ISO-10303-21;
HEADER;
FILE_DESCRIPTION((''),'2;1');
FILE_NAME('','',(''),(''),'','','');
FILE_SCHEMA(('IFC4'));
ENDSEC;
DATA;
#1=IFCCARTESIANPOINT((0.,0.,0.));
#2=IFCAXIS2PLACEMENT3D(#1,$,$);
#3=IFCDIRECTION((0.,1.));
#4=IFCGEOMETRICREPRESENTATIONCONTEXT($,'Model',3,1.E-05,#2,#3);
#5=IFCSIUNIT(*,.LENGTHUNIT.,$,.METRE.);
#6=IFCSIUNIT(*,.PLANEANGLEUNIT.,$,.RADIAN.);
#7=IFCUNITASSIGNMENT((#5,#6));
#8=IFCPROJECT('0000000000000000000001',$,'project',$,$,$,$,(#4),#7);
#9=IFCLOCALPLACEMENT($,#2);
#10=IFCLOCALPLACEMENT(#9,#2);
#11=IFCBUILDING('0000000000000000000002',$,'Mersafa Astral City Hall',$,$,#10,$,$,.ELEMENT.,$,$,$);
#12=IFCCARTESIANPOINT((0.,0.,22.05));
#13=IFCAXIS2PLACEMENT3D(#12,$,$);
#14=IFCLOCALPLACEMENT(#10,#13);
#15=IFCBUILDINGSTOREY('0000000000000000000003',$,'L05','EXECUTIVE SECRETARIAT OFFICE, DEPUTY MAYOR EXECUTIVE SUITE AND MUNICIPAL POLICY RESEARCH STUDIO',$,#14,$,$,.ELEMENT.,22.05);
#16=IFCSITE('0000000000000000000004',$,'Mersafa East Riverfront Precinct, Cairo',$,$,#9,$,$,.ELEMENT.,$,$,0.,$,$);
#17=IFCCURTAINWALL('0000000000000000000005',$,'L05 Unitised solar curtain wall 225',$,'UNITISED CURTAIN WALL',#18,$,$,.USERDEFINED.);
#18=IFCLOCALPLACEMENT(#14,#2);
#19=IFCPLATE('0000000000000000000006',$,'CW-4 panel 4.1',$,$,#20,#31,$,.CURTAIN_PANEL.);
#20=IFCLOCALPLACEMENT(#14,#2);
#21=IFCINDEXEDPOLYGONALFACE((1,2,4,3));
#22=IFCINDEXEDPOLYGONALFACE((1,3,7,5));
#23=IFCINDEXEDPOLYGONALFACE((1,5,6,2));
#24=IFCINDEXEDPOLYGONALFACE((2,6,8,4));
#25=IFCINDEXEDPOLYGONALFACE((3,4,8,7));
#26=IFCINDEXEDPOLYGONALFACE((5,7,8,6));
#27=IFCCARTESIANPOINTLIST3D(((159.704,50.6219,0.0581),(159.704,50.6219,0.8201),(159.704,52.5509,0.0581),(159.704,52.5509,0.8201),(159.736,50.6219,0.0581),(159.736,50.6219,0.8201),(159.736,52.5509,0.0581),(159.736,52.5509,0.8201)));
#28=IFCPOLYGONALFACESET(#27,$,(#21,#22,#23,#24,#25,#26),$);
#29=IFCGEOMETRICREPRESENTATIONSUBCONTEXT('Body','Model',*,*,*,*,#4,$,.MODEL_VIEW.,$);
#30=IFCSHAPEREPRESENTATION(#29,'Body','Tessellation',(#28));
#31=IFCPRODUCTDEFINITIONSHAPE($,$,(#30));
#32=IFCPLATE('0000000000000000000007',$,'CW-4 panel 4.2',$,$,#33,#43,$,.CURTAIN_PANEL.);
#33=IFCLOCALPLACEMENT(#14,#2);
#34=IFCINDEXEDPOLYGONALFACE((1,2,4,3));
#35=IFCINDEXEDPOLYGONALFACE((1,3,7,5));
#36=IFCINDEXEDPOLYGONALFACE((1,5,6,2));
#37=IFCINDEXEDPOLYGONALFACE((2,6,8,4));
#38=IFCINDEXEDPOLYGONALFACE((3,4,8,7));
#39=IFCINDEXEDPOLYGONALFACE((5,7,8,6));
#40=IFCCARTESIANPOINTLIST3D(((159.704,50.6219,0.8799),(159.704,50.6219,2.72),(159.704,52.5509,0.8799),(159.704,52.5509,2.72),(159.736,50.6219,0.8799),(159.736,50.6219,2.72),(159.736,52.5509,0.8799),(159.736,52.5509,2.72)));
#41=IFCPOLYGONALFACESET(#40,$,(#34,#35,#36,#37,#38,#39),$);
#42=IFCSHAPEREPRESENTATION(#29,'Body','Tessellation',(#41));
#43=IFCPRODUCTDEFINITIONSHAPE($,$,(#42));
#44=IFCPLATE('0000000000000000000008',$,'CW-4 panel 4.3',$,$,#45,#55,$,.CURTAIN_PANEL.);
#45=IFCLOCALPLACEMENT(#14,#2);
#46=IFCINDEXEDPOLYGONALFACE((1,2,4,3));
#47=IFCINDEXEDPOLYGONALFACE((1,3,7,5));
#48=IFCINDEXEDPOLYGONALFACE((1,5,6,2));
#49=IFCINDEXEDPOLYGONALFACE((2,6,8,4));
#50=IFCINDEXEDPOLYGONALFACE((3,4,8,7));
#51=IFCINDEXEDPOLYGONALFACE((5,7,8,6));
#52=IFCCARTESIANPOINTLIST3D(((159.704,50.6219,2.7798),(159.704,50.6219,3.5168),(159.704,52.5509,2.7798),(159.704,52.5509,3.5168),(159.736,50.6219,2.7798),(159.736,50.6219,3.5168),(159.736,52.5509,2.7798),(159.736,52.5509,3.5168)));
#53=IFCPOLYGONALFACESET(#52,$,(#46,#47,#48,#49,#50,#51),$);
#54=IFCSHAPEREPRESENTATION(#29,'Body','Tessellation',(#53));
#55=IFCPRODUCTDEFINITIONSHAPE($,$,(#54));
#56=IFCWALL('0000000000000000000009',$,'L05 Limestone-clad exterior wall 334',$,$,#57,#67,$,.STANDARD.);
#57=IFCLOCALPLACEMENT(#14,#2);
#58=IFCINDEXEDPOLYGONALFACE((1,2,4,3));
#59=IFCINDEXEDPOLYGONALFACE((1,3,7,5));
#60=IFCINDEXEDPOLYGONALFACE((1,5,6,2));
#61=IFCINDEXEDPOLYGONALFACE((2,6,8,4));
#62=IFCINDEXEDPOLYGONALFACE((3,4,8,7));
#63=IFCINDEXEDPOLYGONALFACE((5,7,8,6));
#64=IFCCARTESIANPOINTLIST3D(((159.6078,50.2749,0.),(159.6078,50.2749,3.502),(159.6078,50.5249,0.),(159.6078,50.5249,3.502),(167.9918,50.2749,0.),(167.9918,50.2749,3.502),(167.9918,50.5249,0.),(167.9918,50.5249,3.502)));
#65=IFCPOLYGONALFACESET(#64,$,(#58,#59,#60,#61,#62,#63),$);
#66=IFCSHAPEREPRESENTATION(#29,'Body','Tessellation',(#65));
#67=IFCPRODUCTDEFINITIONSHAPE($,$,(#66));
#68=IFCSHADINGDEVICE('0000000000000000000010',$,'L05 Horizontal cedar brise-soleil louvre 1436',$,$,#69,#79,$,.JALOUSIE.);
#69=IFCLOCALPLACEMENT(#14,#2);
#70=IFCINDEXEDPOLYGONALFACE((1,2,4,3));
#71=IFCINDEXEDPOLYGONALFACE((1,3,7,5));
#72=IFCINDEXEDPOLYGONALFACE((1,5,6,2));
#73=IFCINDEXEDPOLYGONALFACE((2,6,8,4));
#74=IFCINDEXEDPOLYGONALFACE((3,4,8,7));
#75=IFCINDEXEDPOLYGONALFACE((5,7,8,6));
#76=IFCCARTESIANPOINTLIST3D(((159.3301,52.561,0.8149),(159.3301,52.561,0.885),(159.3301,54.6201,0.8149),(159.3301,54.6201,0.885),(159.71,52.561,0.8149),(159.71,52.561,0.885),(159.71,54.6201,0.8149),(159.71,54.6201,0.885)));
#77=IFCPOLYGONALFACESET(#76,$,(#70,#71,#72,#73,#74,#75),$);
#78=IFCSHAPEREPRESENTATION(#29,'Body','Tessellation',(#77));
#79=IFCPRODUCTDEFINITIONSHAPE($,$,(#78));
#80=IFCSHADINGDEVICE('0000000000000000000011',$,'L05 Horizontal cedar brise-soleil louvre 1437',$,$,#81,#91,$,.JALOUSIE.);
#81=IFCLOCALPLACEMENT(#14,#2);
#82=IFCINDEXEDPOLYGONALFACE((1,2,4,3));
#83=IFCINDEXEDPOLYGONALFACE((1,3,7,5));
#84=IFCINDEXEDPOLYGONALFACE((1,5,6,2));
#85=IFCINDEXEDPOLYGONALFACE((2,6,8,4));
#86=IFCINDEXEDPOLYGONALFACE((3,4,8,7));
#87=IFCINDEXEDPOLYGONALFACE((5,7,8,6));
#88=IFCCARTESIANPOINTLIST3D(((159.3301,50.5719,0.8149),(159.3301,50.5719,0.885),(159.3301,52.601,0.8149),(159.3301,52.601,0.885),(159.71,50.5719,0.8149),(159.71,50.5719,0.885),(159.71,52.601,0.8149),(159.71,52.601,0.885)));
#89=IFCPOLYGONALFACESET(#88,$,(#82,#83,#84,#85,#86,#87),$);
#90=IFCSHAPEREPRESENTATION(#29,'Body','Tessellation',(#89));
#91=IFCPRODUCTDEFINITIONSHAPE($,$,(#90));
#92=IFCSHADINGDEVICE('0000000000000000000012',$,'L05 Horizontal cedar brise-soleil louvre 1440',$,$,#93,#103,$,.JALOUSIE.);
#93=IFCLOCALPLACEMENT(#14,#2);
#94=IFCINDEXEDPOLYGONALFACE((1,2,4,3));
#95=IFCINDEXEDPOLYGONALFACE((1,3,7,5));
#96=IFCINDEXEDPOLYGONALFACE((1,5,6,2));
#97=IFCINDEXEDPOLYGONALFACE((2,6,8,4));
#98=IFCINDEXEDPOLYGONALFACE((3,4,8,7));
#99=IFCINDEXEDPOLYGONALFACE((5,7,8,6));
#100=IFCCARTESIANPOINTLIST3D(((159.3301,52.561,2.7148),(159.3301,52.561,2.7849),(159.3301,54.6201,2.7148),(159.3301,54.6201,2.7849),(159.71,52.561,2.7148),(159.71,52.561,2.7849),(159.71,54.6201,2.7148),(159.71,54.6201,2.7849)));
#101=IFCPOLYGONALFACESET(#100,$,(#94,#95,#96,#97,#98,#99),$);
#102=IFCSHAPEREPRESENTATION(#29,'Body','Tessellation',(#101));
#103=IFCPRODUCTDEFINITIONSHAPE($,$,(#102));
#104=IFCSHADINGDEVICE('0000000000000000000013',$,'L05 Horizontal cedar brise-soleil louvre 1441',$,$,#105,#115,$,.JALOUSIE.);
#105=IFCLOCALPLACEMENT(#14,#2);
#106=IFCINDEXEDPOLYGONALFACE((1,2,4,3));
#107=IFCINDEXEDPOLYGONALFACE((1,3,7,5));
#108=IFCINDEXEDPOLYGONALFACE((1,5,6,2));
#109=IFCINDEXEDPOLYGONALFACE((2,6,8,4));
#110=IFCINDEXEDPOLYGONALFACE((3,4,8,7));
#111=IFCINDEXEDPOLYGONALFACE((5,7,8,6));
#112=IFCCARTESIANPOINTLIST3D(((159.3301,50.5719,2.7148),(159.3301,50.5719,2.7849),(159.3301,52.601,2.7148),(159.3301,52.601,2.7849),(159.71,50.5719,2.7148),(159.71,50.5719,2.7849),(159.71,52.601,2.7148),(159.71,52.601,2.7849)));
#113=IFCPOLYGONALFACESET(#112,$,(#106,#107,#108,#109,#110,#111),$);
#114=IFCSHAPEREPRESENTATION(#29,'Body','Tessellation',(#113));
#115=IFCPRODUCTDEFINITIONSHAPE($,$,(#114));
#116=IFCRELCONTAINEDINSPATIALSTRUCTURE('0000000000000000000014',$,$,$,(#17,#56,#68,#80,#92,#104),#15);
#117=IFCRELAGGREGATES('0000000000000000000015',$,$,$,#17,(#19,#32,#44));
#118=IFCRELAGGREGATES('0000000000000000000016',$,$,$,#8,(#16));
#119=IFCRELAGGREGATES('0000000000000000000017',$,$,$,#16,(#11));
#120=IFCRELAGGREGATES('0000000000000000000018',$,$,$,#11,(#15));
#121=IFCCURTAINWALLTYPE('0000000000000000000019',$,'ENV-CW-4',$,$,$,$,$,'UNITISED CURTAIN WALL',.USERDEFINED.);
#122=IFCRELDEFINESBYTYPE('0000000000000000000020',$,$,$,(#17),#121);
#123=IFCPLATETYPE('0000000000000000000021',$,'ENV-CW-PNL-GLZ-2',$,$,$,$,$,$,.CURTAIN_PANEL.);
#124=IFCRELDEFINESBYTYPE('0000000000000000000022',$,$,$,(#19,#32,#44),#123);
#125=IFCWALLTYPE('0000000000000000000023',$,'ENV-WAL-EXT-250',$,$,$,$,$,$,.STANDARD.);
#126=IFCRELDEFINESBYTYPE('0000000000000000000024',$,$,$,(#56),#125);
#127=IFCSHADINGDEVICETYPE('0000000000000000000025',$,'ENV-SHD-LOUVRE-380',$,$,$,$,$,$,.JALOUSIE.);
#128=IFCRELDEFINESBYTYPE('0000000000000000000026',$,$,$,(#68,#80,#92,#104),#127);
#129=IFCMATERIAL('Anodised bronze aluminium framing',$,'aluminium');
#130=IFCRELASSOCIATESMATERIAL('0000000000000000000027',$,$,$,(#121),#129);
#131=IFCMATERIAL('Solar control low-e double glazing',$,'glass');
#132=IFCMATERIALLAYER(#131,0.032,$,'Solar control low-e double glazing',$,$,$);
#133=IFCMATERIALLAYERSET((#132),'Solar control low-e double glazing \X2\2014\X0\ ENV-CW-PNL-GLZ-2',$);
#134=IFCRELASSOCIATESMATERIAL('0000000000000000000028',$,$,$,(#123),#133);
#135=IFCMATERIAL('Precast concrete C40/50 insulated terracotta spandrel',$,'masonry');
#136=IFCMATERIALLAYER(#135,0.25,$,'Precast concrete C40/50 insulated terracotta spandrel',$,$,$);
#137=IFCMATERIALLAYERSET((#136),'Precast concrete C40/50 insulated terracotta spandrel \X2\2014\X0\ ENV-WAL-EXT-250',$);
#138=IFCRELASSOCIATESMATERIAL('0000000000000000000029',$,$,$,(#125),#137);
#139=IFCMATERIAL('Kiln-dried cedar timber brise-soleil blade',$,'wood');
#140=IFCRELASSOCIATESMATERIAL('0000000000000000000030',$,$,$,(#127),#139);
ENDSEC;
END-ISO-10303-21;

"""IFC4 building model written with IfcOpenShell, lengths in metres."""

from ifc_helpers import new_model, si_unit, direction, frame, frame_2d, origin, origin_2d, place, context, subcontext, project, spatial, rectangle, extrude, material, layer, layer_set, type_object, element, aggregate, save


model = new_model("IFC4")

# Units and contexts
model_context = context("Model", 3, precision=1e-05, world=origin(), true_north=direction((0.0, 1.0)))
body_context = subcontext(model_context, "Body", "Model", "MODEL_VIEW")
ifc_project = project(units=[si_unit("LENGTHUNIT", "METRE"), si_unit("PLANEANGLEUNIT", "RADIAN")], contexts=[model_context])

# Site, building, storey
site_placement = place(None, origin())
site = spatial("IfcSite", under=ifc_project, at=site_placement, Name="Mersafa East Riverfront Precinct, Cairo", CompositionType="ELEMENT", RefElevation=0.0)
building_placement = place(site_placement, origin())
building = spatial("IfcBuilding", under=site, at=building_placement, Name="Mersafa Astral City Hall", CompositionType="ELEMENT")
storey_placement = place(building_placement, frame((0.0, 0.0, 22.05)))
storey = spatial("IfcBuildingStorey", under=building, at=storey_placement, Name="L05", Description="EXECUTIVE SECRETARIAT OFFICE, DEPUTY MAYOR EXECUTIVE SUITE AND MUNICIPAL POLICY RESEARCH STUDIO", CompositionType="ELEMENT", Elevation=22.05)

# Curtain wall
ifc_material_1 = material(Name="Anodised bronze aluminium framing", Category="aluminium")
curtain_wall_type = type_object("IfcCurtainWallType", Name="ENV-CW-4", ElementType="UNITISED CURTAIN WALL", PredefinedType="USERDEFINED", material=ifc_material_1)
curtain_wall_placement = place(storey_placement, origin())
curtain_wall = element("IfcCurtainWall", 1, at=curtain_wall_placement, inside=storey, type_object=curtain_wall_type, Name="L05 Unitised solar curtain wall 225", ObjectType="UNITISED CURTAIN WALL", PredefinedType="USERDEFINED")

# Plates
ifc_material_2 = material(Name="Solar control low-e double glazing", Category="glass")
ifc_layer_1 = layer(ifc_material_2, 0.032, Name="Solar control low-e double glazing")
ifc_layer_set_1 = layer_set([ifc_layer_1], Name="Solar control low-e double glazing — ENV-CW-PNL-GLZ-2")
plate_type = type_object("IfcPlateType", Name="ENV-CW-PNL-GLZ-2", PredefinedType="CURTAIN_PANEL", material=ifc_layer_set_1)
plate_1_placement = place(storey_placement, frame((159.72, 51.5864, 0.0581), z_axis=(0.0, 0.0, 1.0), x_axis=(0.0, -1.0, 0.0)))
plate_1 = element("IfcPlate", 2, at=plate_1_placement, type_object=plate_type, Name="CW-4 panel 4.1", PredefinedType="CURTAIN_PANEL", context=body_context, shape_type="SweptSolid", body=[
    extrude(rectangle(XDim=1.929, YDim=0.032, at=origin_2d()), origin(), (0.0, 0.0, 1.0), 0.762),
])
plate_2_placement = place(storey_placement, frame((159.72, 51.5864, 0.8799), z_axis=(0.0, 0.0, 1.0), x_axis=(0.0, -1.0, 0.0)))
plate_2 = element("IfcPlate", 3, at=plate_2_placement, type_object=plate_type, Name="CW-4 panel 4.2", PredefinedType="CURTAIN_PANEL", context=body_context, shape_type="SweptSolid", body=[
    extrude(rectangle(XDim=1.929, YDim=0.032, at=origin_2d()), origin(), (0.0, 0.0, 1.0), 1.8401),
])
plate_3_placement = place(storey_placement, frame((159.72, 51.5864, 2.7798), z_axis=(0.0, 0.0, 1.0), x_axis=(0.0, -1.0, 0.0)))
plate_3 = element("IfcPlate", 4, at=plate_3_placement, type_object=plate_type, Name="CW-4 panel 4.3", PredefinedType="CURTAIN_PANEL", context=body_context, shape_type="SweptSolid", body=[
    extrude(rectangle(XDim=1.929, YDim=0.032, at=origin_2d()), origin(), (0.0, 0.0, 1.0), 0.7371),
])
aggregate(curtain_wall, [plate_1, plate_2, plate_3])

# Wall
ifc_material_3 = material(Name="Precast concrete C40/50 insulated terracotta spandrel", Category="masonry")
ifc_layer_2 = layer(ifc_material_3, 0.25, Name="Precast concrete C40/50 insulated terracotta spandrel")
ifc_layer_set_2 = layer_set([ifc_layer_2], Name="Precast concrete C40/50 insulated terracotta spandrel — ENV-WAL-EXT-250")
wall_type = type_object("IfcWallType", Name="ENV-WAL-EXT-250", PredefinedType="STANDARD", material=ifc_layer_set_2)
wall_placement = place(storey_placement, frame((159.6079, 50.3999, 0.0), z_axis=(0.0, 0.0, 1.0), x_axis=(1.0, 0.0, 0.0)))
element("IfcWall", 5, at=wall_placement, inside=storey, type_object=wall_type, Name="L05 Limestone-clad exterior wall 334", PredefinedType="STANDARD", context=body_context, shape_type="SweptSolid", body=[
    extrude(rectangle(XDim=8.384, YDim=0.25, at=frame_2d((4.1919, 0.0))), origin(), (0.0, 0.0, 1.0), 3.502),
])

# Shading devices
ifc_material_4 = material(Name="Kiln-dried cedar timber brise-soleil blade", Category="wood")
shading_device_type = type_object("IfcShadingDeviceType", Name="ENV-SHD-LOUVRE-380", PredefinedType="JALOUSIE", material=ifc_material_4)
shading_device_1_placement = place(storey_placement, frame((159.52, 53.5906, 0.8149), z_axis=(0.0, 0.0, 1.0), x_axis=(0.0, -1.0, 0.0)))
element("IfcShadingDevice", 6, at=shading_device_1_placement, inside=storey, type_object=shading_device_type, Name="L05 Horizontal cedar brise-soleil louvre 1436", PredefinedType="JALOUSIE", context=body_context, shape_type="SweptSolid", body=[
    extrude(rectangle(XDim=2.0591, YDim=0.3799, at=origin_2d()), origin(), (0.0, 0.0, 1.0), 0.0701),
])
shading_device_2_placement = place(storey_placement, frame((159.52, 51.5864, 0.8149), z_axis=(0.0, 0.0, 1.0), x_axis=(0.0, -1.0, 0.0)))
element("IfcShadingDevice", 7, at=shading_device_2_placement, inside=storey, type_object=shading_device_type, Name="L05 Horizontal cedar brise-soleil louvre 1437", PredefinedType="JALOUSIE", context=body_context, shape_type="SweptSolid", body=[
    extrude(rectangle(XDim=2.0291, YDim=0.3799, at=origin_2d()), origin(), (0.0, 0.0, 1.0), 0.0701),
])
shading_device_3_placement = place(storey_placement, frame((159.52, 53.5906, 2.7148), z_axis=(0.0, 0.0, 1.0), x_axis=(0.0, -1.0, 0.0)))
element("IfcShadingDevice", 8, at=shading_device_3_placement, inside=storey, type_object=shading_device_type, Name="L05 Horizontal cedar brise-soleil louvre 1440", PredefinedType="JALOUSIE", context=body_context, shape_type="SweptSolid", body=[
    extrude(rectangle(XDim=2.0591, YDim=0.3799, at=origin_2d()), origin(), (0.0, 0.0, 1.0), 0.0701),
])
shading_device_4_placement = place(storey_placement, frame((159.52, 51.5864, 2.7148), z_axis=(0.0, 0.0, 1.0), x_axis=(0.0, -1.0, 0.0)))
element("IfcShadingDevice", 9, at=shading_device_4_placement, inside=storey, type_object=shading_device_type, Name="L05 Horizontal cedar brise-soleil louvre 1441", PredefinedType="JALOUSIE", context=body_context, shape_type="SweptSolid", body=[
    extrude(rectangle(XDim=2.0291, YDim=0.3799, at=origin_2d()), origin(), (0.0, 0.0, 1.0), 0.0701),
])

save(model, "model.ifc")
